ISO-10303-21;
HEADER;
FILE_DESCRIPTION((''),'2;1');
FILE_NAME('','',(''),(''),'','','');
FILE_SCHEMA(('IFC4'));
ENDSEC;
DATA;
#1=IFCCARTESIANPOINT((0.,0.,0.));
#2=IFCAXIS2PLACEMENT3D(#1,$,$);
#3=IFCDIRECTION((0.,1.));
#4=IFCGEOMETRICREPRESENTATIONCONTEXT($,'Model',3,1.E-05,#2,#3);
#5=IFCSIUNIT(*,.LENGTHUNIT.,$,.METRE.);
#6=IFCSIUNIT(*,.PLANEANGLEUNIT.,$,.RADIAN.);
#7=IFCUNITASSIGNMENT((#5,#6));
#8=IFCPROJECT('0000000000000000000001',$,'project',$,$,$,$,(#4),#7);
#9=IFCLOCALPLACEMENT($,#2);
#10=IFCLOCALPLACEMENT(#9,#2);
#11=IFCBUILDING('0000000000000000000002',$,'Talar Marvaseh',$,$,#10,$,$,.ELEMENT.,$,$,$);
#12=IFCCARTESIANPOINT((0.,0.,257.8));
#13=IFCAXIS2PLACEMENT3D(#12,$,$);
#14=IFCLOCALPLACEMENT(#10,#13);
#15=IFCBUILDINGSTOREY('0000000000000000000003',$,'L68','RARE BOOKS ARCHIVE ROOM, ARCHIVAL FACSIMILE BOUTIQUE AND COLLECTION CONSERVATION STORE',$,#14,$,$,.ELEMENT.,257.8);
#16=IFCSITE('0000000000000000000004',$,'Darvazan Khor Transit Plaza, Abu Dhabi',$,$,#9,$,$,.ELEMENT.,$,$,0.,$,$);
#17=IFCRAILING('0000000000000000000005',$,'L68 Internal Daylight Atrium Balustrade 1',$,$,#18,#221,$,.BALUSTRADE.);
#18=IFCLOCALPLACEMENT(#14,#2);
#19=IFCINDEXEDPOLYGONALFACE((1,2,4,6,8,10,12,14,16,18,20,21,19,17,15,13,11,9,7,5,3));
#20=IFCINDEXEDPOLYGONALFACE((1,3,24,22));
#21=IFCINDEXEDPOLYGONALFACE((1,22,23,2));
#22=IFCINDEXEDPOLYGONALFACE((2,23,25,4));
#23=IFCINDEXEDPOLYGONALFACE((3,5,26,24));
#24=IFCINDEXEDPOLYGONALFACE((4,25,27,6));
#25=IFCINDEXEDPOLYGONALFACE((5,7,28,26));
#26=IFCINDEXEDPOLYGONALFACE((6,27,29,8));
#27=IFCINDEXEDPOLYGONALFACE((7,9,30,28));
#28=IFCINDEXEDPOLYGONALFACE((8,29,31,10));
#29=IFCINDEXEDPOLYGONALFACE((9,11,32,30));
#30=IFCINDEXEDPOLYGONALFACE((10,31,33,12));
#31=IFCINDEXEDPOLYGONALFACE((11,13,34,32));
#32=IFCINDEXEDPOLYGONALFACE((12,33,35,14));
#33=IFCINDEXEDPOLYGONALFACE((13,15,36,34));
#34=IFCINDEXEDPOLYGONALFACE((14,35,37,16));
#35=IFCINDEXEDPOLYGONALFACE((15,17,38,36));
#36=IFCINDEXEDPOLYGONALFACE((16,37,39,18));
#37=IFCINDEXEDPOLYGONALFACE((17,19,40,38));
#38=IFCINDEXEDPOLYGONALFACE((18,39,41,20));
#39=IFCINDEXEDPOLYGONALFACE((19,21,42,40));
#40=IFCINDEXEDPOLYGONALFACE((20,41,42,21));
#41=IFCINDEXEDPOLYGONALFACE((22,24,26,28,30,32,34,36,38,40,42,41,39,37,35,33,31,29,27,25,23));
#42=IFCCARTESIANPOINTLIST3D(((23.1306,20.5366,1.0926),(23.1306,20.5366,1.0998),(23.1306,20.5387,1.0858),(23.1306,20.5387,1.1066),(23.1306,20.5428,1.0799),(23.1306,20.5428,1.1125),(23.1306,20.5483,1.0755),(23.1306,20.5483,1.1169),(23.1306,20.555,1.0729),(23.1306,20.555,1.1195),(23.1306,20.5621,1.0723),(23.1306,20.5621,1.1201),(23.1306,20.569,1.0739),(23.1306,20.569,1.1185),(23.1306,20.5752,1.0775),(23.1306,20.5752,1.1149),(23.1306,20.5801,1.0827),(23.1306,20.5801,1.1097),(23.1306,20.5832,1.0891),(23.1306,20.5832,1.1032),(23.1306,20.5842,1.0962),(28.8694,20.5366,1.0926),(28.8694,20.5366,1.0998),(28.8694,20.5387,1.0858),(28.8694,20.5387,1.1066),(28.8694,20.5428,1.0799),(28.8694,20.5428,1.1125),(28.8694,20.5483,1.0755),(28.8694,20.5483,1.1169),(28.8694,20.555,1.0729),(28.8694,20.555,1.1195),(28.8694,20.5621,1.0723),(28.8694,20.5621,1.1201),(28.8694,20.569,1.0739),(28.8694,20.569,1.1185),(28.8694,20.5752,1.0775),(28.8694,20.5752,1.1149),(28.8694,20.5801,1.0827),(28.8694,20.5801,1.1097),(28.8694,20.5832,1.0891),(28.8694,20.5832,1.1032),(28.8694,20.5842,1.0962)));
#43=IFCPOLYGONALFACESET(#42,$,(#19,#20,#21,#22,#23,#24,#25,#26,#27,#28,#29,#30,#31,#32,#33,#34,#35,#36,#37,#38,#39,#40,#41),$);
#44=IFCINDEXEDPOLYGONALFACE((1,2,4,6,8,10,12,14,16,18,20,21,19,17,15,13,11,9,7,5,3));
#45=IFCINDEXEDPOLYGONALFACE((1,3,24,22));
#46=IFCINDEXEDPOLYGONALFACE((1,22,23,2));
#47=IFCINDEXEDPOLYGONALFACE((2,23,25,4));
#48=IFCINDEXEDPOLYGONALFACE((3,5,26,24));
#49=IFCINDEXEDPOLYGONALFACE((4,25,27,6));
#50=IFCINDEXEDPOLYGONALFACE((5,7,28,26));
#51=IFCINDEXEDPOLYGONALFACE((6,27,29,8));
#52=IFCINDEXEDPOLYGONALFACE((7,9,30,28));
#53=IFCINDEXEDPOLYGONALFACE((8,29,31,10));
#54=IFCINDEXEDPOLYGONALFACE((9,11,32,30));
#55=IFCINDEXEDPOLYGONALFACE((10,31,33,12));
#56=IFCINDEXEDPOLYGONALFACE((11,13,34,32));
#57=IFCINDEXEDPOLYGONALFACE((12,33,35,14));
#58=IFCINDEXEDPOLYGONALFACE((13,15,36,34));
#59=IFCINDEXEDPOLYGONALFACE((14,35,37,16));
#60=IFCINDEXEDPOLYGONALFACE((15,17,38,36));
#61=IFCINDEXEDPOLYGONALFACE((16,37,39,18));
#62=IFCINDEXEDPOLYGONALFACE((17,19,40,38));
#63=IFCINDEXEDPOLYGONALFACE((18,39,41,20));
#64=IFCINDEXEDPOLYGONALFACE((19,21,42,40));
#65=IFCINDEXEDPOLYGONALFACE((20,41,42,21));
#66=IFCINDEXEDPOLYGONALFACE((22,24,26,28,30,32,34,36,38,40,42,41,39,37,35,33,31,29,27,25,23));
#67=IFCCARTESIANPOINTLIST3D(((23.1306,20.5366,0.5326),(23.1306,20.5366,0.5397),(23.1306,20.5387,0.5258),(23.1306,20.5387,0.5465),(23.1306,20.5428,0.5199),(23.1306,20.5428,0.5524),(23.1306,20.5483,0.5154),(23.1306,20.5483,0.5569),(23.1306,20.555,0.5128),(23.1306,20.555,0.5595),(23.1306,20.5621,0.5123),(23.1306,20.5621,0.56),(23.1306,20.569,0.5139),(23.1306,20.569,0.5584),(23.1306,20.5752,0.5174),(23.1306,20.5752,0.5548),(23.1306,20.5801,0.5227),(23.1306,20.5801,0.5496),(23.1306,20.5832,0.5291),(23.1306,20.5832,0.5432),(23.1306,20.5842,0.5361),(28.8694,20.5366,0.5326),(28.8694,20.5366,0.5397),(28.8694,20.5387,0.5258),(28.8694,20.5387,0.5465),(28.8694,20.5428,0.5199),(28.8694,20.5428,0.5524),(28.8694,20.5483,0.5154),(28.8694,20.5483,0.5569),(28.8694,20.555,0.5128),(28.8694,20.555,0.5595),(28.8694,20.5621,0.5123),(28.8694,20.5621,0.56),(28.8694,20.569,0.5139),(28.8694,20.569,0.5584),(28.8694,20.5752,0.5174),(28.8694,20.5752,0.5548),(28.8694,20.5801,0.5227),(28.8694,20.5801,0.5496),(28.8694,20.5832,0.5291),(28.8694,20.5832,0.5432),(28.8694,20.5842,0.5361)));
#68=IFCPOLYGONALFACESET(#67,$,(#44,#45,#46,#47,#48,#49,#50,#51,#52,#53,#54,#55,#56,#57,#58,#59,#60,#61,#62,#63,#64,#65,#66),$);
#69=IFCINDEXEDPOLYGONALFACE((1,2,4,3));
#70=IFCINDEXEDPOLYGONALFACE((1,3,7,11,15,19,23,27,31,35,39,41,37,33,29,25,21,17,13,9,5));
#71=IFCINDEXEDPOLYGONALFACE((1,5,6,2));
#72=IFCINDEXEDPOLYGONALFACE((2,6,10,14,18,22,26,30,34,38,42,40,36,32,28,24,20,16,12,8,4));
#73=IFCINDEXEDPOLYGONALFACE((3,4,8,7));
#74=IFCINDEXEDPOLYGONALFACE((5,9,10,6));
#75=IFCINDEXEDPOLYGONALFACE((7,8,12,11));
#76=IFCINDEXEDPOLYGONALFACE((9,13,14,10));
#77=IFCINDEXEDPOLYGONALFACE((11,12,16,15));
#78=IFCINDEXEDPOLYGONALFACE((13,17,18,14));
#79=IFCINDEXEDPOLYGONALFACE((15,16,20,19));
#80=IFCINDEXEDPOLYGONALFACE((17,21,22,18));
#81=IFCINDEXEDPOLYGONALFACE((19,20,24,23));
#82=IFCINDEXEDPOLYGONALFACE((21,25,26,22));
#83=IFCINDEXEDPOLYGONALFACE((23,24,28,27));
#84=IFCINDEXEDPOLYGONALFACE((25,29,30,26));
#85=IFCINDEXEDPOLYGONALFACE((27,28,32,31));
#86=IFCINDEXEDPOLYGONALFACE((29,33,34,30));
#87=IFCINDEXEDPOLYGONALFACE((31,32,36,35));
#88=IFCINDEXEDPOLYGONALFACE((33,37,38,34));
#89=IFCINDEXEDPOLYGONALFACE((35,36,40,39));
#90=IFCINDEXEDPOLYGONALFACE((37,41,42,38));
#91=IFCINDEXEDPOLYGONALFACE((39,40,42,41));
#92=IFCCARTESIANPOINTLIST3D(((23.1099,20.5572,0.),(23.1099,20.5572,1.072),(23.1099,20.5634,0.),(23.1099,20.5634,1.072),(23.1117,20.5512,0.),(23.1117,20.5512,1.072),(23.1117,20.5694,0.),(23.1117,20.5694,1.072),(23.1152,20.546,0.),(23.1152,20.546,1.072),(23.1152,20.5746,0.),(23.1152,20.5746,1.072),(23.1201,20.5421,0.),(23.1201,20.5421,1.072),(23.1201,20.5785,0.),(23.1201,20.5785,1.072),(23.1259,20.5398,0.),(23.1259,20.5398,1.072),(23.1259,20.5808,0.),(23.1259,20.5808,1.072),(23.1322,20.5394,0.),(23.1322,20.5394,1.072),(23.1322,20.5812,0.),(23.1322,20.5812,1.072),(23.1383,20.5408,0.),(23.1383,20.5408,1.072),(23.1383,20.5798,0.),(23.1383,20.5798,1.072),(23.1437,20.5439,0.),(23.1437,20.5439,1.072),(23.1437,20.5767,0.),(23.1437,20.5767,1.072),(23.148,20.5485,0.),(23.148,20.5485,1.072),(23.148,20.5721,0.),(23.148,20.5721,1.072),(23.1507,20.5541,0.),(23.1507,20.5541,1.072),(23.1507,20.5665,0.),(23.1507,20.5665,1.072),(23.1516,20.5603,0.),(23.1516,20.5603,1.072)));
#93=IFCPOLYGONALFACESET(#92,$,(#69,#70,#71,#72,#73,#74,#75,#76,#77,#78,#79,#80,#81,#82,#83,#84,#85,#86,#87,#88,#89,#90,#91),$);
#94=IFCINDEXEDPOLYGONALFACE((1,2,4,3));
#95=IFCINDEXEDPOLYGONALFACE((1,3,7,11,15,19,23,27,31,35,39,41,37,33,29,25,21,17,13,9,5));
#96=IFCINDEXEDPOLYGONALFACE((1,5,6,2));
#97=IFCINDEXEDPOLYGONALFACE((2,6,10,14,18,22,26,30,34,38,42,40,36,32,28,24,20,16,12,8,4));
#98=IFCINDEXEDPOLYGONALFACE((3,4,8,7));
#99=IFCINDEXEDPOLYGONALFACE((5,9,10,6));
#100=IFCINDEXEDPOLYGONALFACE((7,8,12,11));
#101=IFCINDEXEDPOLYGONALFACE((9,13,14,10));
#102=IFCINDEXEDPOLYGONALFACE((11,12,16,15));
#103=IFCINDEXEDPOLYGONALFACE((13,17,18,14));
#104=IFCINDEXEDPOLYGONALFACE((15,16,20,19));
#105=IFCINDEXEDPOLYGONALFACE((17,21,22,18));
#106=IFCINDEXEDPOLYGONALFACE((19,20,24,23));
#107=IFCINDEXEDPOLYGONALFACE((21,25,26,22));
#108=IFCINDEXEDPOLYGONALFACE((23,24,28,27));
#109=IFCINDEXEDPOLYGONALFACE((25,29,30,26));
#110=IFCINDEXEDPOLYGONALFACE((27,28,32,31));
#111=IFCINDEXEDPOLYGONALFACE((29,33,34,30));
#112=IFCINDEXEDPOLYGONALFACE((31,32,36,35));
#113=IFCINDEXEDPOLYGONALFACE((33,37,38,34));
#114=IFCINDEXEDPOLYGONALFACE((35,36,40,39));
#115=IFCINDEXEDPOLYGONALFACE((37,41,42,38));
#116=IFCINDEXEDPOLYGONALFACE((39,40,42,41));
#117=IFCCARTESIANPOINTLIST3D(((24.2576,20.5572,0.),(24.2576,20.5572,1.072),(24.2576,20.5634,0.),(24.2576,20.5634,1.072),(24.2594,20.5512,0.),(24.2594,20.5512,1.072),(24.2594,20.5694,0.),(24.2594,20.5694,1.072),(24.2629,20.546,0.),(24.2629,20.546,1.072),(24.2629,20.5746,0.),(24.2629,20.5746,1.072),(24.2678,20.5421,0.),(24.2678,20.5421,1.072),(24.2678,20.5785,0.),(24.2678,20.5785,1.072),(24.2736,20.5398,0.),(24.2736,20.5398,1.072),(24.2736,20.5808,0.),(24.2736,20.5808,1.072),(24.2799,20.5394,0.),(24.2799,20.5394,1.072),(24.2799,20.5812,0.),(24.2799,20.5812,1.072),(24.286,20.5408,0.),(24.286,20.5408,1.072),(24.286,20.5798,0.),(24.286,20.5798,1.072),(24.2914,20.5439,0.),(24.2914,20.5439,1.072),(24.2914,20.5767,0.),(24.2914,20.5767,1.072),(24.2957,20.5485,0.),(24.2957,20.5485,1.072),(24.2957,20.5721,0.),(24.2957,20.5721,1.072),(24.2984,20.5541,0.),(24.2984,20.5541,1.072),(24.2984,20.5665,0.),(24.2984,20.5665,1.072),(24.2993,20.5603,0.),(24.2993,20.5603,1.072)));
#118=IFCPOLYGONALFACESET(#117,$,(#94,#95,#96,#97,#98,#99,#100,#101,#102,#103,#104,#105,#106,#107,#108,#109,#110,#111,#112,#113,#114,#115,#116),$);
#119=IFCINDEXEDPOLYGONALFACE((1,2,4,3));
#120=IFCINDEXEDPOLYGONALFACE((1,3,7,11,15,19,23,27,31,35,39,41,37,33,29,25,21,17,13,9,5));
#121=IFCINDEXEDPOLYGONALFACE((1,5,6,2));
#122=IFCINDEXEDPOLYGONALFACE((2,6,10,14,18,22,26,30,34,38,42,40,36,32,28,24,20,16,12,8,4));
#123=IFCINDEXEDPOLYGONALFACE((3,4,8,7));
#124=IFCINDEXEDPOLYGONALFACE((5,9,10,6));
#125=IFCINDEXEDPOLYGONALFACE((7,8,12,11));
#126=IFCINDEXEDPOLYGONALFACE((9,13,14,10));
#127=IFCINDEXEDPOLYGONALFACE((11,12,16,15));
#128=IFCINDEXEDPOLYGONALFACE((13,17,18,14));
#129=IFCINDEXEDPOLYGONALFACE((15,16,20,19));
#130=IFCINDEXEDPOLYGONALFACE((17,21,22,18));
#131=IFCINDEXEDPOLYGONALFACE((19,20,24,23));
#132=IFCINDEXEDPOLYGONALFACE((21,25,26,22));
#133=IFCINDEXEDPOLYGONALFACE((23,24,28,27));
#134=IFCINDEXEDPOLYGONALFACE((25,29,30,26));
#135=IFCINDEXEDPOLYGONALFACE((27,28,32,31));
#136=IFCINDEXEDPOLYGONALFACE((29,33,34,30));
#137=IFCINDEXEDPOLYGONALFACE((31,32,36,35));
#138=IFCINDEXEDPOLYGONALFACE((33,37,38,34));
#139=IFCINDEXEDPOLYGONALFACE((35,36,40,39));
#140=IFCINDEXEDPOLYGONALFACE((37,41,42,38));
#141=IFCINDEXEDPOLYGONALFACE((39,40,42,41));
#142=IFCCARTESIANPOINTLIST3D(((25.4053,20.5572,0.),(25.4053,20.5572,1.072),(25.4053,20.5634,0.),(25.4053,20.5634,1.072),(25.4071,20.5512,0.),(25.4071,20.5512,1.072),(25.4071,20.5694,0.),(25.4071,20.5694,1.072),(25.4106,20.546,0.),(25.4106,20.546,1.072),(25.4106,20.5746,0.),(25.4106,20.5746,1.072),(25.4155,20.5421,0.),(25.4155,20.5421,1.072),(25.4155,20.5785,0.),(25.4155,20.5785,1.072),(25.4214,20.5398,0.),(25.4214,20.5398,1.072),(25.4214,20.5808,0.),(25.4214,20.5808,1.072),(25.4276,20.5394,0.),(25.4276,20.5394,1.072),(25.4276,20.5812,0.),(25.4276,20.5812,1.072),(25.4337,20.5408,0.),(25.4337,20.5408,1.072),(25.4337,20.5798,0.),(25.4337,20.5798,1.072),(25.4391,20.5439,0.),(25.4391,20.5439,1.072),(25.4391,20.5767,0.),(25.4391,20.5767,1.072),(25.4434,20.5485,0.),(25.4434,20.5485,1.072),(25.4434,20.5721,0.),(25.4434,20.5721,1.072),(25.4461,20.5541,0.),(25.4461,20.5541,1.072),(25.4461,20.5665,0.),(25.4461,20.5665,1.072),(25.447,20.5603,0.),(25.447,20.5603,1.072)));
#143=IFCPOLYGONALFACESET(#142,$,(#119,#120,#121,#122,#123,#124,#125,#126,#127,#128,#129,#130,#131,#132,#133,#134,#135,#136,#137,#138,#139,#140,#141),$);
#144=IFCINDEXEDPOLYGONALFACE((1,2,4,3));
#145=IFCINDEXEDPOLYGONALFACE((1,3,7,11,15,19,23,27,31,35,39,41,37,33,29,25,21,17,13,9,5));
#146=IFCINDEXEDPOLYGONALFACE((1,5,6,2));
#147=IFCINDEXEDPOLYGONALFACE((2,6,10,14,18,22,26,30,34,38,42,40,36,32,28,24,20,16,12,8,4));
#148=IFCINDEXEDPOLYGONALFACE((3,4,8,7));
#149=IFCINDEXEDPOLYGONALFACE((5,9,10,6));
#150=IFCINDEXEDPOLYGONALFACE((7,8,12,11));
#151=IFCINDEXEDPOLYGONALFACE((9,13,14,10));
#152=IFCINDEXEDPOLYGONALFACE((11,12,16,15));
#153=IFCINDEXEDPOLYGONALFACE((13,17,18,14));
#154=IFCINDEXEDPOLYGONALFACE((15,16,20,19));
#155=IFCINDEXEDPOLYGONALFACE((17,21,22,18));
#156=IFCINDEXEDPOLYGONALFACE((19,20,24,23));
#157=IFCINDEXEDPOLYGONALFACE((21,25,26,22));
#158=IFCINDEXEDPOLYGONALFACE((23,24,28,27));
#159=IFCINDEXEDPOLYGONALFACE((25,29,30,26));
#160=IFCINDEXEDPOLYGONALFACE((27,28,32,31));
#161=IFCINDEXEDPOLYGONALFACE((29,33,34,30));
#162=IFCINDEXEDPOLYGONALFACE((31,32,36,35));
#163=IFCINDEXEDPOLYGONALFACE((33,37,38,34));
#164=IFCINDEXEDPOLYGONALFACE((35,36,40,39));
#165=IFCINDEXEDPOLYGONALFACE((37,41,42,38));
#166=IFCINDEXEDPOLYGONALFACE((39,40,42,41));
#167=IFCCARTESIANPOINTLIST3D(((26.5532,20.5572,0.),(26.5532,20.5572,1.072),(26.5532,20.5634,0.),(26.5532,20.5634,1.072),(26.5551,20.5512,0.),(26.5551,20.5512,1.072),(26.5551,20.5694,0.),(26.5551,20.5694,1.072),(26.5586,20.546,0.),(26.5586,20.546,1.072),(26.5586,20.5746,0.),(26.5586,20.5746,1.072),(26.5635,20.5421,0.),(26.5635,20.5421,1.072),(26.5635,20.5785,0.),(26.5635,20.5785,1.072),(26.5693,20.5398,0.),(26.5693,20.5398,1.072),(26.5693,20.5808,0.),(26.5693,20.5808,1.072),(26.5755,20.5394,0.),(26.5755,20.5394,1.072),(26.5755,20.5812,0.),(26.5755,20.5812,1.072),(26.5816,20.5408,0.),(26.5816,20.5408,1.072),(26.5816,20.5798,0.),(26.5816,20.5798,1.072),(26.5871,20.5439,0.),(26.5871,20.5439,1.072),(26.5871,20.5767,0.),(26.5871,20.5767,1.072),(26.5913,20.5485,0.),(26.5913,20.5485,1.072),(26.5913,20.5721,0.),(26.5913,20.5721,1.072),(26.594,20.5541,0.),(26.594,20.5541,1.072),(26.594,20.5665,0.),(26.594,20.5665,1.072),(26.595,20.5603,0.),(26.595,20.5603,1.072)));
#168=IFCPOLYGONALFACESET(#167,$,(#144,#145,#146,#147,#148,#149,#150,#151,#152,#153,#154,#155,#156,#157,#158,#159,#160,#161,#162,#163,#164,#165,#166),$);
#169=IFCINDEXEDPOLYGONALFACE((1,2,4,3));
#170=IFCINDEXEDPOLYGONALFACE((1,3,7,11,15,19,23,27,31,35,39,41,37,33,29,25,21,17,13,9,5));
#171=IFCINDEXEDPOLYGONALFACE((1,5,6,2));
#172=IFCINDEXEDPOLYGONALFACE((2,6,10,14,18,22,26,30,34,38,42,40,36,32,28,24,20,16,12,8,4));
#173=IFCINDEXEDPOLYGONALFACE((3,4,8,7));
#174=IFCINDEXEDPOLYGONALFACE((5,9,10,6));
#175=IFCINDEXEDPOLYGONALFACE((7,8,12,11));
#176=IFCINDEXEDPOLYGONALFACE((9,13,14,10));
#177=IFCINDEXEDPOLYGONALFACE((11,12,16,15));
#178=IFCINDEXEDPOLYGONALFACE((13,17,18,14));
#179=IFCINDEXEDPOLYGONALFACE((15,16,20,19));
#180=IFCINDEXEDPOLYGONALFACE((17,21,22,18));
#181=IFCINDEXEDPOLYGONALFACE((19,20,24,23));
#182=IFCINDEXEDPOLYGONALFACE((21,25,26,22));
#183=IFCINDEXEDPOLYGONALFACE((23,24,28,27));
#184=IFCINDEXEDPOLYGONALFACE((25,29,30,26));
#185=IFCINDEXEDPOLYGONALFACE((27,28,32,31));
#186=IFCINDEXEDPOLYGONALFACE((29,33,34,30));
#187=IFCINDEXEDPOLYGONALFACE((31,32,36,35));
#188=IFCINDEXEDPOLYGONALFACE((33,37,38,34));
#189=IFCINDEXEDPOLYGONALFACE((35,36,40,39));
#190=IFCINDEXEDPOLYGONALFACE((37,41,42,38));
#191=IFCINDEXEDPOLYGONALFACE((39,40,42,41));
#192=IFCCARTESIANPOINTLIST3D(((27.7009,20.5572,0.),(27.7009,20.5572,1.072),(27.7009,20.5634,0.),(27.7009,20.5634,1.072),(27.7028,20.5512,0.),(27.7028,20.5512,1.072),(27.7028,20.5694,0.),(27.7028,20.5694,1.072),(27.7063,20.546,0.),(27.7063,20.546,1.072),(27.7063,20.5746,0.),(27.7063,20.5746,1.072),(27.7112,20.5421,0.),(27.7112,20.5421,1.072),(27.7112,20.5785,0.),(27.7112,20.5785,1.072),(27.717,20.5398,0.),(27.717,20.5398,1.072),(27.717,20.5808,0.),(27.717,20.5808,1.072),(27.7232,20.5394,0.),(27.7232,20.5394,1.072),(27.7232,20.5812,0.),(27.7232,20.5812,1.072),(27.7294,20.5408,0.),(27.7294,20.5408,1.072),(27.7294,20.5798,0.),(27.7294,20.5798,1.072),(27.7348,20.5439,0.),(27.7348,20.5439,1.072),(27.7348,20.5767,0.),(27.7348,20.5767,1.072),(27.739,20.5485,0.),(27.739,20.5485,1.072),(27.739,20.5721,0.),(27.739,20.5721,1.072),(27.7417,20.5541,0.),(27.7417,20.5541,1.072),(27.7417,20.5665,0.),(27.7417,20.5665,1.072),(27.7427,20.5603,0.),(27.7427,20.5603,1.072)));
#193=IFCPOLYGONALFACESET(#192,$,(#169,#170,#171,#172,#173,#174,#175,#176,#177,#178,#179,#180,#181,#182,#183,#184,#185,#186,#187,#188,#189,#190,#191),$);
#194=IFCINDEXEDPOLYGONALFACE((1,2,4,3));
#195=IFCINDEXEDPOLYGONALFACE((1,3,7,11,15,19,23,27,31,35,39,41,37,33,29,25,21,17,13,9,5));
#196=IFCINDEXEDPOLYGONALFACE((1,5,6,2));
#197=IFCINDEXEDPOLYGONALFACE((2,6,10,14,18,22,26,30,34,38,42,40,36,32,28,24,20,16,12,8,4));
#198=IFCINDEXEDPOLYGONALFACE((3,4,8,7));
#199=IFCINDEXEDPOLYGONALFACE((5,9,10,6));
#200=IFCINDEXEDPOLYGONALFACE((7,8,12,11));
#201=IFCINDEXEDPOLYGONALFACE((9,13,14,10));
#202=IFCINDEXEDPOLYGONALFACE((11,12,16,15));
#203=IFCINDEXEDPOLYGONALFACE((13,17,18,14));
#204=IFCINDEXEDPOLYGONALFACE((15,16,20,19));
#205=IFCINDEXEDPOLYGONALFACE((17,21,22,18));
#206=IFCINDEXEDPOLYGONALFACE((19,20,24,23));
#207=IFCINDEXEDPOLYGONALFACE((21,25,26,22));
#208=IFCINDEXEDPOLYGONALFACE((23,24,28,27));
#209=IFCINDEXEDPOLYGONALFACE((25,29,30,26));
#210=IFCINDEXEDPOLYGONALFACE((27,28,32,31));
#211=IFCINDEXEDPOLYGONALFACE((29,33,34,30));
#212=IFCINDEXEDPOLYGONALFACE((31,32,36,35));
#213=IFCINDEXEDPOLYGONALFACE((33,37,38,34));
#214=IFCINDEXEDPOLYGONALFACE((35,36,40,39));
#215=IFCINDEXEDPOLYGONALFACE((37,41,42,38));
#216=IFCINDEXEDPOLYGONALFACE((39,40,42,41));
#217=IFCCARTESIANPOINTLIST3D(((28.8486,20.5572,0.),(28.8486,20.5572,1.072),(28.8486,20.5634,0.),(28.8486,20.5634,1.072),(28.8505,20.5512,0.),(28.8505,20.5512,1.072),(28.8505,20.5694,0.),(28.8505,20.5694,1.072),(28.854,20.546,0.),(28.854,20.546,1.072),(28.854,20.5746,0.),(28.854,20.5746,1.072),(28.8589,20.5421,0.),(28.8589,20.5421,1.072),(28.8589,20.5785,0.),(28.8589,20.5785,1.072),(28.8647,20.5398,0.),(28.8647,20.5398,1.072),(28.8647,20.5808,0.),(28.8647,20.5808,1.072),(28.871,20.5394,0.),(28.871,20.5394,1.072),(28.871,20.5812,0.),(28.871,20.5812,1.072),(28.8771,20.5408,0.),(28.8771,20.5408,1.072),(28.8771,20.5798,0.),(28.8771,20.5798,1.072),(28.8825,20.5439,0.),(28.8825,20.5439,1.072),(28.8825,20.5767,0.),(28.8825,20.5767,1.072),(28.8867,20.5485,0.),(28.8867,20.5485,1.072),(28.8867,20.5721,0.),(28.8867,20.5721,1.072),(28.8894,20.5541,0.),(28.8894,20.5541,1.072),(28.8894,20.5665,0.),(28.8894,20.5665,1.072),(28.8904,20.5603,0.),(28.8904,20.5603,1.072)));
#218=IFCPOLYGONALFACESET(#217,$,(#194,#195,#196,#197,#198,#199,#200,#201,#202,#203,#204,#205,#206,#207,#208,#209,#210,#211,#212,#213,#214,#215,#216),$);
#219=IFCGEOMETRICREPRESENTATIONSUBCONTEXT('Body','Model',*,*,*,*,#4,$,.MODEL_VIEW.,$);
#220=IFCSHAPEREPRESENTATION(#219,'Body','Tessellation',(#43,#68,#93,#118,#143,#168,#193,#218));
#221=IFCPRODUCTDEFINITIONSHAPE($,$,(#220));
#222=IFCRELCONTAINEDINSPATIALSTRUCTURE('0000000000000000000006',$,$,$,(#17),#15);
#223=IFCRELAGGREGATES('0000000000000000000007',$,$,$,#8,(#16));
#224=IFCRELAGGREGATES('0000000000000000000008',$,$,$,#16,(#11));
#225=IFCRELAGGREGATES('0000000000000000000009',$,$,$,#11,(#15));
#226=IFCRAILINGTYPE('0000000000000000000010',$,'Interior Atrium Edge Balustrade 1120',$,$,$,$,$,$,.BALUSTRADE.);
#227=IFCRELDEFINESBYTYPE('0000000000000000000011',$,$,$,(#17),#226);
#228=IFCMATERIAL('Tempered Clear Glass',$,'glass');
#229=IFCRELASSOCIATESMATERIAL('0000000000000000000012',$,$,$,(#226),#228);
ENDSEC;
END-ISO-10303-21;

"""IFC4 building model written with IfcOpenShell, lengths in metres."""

from ifc_helpers import new_model, si_unit, direction, frame, origin, origin_2d, place, context, subcontext, project, spatial, circle, extrude, material, type_object, element, save


model = new_model("IFC4")

# Units and contexts
model_context = context("Model", 3, precision=1e-05, world=origin(), true_north=direction((0.0, 1.0)))
body_context = subcontext(model_context, "Body", "Model", "MODEL_VIEW")
ifc_project = project(units=[si_unit("LENGTHUNIT", "METRE"), si_unit("PLANEANGLEUNIT", "RADIAN")], contexts=[model_context])

# Site, building, storey
site_placement = place(None, origin())
site = spatial("IfcSite", under=ifc_project, at=site_placement, Name="Darvazan Khor Transit Plaza, Abu Dhabi", CompositionType="ELEMENT", RefElevation=0.0)
building_placement = place(site_placement, origin())
building = spatial("IfcBuilding", under=site, at=building_placement, Name="Talar Marvaseh", CompositionType="ELEMENT")
storey_placement = place(building_placement, frame((0.0, 0.0, 257.8)))
storey = spatial("IfcBuildingStorey", under=building, at=storey_placement, Name="L68", Description="RARE BOOKS ARCHIVE ROOM, ARCHIVAL FACSIMILE BOUTIQUE AND COLLECTION CONSERVATION STORE", CompositionType="ELEMENT", Elevation=257.8)

# Railing
ifc_material_1 = material(Name="Tempered Clear Glass", Category="glass")
railing_type = type_object("IfcRailingType", Name="Interior Atrium Edge Balustrade 1120", PredefinedType="BALUSTRADE", material=ifc_material_1)
railing_1_placement = place(storey_placement, frame((23.1306, 20.5603, 0.0)))
element("IfcRailing", 1, at=railing_1_placement, inside=storey, type_object=railing_type, Name="L68 Internal Daylight Atrium Balustrade 1", PredefinedType="BALUSTRADE", context=body_context, shape_type="SweptSolid", body=[
    extrude(circle(Radius=0.0239, at=origin_2d()), frame((0.0, 0.0, 1.0962), z_axis=(1.0, 0.0, 0.0), x_axis=(0.0, 1.0, 0.0)), (0.0, 0.0, 1.0), 5.7388),
    extrude(circle(Radius=0.0239, at=origin_2d()), frame((0.0, 0.0, 0.5361), z_axis=(1.0, 0.0, 0.0), x_axis=(0.0, 1.0, 0.0)), (0.0, 0.0, 1.0), 5.7388),
    extrude(circle(Radius=0.021, at=origin_2d()), origin(), (0.0, 0.0, 1.0), 1.072),
    extrude(circle(Radius=0.021, at=origin_2d()), frame((1.1477, 0.0, 0.0)), (0.0, 0.0, 1.0), 1.072),
    extrude(circle(Radius=0.021, at=origin_2d()), frame((2.2954, 0.0, 0.0)), (0.0, 0.0, 1.0), 1.072),
    extrude(circle(Radius=0.021, at=origin_2d()), frame((3.4434, 0.0, 0.0)), (0.0, 0.0, 1.0), 1.072),
    extrude(circle(Radius=0.021, at=origin_2d()), frame((4.5911, 0.0, 0.0)), (0.0, 0.0, 1.0), 1.072),
    extrude(circle(Radius=0.021, at=origin_2d()), frame((5.7388, 0.0, 0.0)), (0.0, 0.0, 1.0), 1.072),
])

save(model, "model.ifc")
